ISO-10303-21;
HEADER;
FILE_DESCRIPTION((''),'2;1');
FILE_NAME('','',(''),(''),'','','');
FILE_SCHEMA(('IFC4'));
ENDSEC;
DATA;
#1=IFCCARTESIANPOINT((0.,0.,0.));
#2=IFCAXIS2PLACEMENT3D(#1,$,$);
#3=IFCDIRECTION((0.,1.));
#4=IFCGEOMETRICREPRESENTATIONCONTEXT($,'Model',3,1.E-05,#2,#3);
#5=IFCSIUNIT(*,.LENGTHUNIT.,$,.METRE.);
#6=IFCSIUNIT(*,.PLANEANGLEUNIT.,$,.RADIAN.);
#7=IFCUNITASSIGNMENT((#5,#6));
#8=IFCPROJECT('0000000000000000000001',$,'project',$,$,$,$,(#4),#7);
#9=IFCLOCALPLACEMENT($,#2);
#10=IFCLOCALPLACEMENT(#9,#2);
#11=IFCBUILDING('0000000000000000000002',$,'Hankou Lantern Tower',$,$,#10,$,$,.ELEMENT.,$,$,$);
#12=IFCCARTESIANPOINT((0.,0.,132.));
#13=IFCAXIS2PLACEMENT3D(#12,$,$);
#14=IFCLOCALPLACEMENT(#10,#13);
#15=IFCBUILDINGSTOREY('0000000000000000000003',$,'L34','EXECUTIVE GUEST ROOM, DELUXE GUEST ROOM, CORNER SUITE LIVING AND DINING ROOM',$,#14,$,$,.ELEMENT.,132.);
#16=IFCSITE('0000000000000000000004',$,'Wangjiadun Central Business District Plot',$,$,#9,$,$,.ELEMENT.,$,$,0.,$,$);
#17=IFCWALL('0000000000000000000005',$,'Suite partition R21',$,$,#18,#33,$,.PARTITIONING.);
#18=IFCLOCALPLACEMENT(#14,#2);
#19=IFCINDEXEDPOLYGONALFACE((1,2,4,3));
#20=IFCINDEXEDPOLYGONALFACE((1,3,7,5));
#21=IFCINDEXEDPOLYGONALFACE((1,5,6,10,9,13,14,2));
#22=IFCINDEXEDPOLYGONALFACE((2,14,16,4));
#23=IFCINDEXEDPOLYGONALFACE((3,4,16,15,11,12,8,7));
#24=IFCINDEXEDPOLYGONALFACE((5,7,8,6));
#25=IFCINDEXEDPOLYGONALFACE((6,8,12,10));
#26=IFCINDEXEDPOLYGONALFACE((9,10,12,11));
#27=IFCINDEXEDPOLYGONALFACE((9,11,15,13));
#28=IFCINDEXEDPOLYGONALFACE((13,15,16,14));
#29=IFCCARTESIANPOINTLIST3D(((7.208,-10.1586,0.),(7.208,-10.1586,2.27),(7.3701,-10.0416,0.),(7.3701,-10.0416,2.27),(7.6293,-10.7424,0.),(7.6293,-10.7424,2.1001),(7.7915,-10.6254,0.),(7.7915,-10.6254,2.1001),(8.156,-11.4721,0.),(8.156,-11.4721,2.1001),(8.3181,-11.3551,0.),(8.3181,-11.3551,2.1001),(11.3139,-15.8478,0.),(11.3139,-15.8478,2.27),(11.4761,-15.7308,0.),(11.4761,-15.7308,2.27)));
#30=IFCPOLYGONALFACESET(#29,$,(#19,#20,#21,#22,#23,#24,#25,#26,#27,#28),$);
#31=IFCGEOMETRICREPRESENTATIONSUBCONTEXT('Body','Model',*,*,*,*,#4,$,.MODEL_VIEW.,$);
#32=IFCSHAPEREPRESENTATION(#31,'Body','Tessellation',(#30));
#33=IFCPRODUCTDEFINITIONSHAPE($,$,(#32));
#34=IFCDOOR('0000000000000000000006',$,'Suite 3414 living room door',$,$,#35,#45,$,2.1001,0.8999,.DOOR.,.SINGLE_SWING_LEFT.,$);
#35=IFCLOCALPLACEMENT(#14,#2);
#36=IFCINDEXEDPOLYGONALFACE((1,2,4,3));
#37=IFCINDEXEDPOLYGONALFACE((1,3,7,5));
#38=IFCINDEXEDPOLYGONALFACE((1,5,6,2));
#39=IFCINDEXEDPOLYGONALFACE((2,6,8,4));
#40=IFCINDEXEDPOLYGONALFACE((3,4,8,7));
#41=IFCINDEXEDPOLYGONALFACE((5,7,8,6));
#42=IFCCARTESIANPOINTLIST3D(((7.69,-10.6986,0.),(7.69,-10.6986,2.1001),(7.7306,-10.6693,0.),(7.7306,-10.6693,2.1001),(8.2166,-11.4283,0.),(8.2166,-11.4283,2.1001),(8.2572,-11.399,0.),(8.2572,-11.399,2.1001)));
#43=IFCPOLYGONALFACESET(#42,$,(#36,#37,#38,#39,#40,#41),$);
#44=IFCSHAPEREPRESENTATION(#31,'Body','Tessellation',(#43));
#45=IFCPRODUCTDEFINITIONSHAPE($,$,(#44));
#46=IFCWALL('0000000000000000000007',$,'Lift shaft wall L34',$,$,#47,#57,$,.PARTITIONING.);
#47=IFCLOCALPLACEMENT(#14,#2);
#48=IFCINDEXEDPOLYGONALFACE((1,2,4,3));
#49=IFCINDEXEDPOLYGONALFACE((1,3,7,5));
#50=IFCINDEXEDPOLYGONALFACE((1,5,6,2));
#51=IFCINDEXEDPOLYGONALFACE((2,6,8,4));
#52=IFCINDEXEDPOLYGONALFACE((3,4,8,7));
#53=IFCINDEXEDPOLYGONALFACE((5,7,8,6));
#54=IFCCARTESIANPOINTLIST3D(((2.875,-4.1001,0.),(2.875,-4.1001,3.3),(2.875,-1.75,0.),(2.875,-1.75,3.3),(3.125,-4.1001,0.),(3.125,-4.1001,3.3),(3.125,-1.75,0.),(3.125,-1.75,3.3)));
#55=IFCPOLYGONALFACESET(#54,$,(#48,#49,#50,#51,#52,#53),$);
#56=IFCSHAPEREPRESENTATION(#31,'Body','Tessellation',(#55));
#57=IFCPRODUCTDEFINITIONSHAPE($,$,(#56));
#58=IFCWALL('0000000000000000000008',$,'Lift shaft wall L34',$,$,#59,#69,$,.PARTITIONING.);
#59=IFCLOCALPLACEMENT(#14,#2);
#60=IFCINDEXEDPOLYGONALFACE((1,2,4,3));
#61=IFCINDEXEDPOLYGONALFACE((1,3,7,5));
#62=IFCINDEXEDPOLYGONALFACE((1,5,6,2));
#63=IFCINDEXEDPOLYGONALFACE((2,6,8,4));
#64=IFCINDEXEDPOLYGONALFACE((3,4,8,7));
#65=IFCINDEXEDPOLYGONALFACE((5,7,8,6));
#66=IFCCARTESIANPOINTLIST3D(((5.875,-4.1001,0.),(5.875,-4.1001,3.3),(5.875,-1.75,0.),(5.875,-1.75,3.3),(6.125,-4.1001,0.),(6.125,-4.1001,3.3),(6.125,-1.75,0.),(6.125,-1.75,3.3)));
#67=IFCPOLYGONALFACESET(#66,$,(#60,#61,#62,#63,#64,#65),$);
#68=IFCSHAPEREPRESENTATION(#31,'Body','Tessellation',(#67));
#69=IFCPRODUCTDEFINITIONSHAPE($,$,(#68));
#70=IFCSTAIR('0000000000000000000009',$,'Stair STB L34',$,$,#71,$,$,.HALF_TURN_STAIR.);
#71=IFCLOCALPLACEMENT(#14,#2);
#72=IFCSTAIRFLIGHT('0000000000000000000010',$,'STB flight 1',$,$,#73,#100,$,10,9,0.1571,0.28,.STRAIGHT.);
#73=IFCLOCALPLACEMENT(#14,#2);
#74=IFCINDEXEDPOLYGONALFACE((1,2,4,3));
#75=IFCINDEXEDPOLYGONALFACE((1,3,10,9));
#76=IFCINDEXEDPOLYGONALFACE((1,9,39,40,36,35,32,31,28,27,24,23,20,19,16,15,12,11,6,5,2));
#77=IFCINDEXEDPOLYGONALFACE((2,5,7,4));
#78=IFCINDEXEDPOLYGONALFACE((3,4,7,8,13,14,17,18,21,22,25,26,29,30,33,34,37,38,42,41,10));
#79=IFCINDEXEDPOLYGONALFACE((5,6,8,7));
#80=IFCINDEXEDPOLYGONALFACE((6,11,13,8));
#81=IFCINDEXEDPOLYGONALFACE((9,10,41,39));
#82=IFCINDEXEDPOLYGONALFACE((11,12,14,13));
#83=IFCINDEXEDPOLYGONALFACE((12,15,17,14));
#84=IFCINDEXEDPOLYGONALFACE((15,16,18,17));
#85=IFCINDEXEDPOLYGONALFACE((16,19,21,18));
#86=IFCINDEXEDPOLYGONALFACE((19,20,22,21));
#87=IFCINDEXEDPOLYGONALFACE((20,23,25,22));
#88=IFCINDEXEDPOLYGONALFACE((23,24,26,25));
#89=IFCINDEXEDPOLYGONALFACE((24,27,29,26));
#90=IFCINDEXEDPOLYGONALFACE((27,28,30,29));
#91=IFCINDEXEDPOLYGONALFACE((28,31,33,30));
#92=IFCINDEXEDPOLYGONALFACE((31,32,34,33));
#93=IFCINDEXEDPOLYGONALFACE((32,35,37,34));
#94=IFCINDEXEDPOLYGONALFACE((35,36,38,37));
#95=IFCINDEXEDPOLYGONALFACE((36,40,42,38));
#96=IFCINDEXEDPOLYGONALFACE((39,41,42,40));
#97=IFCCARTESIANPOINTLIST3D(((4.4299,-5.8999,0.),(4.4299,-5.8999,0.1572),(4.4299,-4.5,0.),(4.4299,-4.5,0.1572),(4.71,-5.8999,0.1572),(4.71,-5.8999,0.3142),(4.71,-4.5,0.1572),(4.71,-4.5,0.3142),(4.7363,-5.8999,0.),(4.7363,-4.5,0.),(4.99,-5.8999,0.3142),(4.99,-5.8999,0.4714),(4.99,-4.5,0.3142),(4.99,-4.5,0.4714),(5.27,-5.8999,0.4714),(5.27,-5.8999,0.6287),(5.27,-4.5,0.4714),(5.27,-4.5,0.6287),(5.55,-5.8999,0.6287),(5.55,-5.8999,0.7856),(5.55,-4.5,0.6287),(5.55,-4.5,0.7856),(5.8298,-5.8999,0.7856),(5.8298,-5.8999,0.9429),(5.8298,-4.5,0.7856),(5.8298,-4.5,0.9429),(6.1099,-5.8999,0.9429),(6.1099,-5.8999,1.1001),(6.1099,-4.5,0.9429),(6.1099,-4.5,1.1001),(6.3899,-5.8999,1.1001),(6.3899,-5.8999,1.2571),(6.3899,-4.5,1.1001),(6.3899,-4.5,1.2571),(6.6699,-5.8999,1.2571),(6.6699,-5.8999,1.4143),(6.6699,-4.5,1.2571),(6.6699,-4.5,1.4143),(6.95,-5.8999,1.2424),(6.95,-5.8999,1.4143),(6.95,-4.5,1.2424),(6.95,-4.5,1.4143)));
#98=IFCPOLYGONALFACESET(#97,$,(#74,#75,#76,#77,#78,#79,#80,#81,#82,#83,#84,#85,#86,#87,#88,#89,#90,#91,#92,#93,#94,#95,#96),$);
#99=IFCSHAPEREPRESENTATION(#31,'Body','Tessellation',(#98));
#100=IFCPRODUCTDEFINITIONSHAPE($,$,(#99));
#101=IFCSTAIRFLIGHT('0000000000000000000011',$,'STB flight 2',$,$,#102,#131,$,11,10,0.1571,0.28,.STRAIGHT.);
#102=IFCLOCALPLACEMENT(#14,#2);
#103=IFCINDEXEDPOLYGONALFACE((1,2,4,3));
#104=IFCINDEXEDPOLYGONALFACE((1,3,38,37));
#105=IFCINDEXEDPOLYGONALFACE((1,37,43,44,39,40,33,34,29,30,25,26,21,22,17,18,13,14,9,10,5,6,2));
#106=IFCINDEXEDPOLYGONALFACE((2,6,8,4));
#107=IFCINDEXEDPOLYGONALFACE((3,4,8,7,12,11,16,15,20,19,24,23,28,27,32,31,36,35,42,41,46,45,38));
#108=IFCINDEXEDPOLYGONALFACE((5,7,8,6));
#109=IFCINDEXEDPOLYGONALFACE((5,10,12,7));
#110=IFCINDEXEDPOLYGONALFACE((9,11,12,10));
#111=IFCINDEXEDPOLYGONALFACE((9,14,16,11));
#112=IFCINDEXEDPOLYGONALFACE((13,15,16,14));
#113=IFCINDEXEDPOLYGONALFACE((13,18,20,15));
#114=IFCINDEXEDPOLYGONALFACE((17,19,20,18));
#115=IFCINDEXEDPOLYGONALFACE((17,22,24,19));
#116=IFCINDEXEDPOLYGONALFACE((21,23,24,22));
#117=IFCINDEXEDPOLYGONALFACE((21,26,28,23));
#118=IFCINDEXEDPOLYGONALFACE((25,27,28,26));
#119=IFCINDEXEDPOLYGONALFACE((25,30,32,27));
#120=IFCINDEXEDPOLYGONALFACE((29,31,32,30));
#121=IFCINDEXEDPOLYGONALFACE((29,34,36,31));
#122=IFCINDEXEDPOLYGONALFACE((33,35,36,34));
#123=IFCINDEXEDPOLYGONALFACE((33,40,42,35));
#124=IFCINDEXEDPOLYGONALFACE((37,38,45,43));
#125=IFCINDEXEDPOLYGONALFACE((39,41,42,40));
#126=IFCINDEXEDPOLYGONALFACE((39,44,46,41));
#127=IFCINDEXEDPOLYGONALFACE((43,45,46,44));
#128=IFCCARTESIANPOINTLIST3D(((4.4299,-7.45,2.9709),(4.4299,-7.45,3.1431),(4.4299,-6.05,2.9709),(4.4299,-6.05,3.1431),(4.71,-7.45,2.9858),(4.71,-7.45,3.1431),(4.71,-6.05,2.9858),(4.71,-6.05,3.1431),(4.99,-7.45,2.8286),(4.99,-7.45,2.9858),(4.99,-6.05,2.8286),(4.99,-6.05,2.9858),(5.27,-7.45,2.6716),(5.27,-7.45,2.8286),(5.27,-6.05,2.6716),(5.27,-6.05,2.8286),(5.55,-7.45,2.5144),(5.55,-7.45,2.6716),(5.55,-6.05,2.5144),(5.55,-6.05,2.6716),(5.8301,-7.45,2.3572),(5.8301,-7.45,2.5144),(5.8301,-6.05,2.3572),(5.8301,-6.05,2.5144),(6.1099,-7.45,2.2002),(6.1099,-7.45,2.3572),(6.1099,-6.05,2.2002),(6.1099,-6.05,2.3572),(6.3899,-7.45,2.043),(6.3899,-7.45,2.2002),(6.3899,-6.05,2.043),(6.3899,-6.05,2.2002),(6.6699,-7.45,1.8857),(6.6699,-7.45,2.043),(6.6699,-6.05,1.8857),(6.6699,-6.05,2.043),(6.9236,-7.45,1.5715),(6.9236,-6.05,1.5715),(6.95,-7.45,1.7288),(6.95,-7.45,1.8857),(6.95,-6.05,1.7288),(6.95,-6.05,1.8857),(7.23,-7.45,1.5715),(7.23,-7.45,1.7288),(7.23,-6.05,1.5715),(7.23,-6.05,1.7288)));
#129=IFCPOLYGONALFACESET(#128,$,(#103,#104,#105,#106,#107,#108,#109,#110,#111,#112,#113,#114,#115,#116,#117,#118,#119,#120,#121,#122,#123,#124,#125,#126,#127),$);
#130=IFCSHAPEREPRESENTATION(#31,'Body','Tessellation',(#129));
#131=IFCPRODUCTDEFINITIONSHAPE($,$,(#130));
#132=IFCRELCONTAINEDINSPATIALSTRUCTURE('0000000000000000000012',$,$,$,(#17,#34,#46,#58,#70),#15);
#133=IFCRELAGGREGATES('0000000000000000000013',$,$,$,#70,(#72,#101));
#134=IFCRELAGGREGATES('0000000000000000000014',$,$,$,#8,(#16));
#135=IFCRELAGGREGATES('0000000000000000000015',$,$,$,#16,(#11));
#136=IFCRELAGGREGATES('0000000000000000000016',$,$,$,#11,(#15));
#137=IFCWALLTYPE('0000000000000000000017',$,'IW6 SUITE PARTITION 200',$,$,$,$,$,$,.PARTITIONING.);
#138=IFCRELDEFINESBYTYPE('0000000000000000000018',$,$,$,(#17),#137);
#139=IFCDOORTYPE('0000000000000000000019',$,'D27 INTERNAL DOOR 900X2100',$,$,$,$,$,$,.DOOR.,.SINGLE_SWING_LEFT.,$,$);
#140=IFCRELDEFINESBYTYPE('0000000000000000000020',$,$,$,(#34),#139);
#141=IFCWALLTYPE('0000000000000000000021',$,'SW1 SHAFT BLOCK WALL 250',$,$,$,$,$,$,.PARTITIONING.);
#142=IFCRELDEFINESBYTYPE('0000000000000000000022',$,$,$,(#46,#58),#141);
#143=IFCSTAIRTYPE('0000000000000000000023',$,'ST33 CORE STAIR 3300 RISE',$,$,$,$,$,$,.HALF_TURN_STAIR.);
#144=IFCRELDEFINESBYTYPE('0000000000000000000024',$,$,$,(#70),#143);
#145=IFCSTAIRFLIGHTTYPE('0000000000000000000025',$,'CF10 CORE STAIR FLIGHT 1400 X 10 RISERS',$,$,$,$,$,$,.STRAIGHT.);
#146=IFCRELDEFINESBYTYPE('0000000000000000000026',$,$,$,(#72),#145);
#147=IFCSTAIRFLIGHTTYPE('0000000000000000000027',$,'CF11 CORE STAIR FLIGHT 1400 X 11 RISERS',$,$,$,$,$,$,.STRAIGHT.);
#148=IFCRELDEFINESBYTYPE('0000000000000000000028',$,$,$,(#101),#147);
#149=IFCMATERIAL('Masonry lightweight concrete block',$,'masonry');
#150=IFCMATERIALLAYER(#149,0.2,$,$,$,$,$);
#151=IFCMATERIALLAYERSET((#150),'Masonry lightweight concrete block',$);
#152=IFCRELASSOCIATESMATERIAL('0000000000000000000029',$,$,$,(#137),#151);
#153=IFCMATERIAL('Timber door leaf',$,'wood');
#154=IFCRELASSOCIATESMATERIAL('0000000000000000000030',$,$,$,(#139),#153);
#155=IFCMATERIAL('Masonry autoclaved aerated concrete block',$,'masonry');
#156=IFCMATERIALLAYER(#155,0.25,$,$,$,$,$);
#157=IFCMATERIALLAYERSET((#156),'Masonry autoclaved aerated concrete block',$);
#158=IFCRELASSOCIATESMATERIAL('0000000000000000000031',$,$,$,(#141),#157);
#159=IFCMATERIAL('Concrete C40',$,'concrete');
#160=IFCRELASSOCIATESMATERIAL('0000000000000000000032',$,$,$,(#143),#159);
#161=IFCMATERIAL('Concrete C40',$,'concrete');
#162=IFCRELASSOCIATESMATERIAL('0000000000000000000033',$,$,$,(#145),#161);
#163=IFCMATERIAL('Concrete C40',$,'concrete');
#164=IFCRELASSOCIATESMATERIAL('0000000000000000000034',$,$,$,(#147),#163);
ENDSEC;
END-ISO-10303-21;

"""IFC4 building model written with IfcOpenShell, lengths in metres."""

from ifc_helpers import new_model, si_unit, direction, frame, frame_2d, origin, place, context, subcontext, project, spatial, polyline, rectangle, outline, extrude, material, layer, layer_set, type_object, element, fill, aggregate, save


model = new_model("IFC4")

# Units and contexts
model_context = context("Model", 3, precision=1e-05, world=origin(), true_north=direction((0.0, 1.0)))
body_context = subcontext(model_context, "Body", "Model", "MODEL_VIEW")
ifc_project = project(units=[si_unit("LENGTHUNIT", "METRE"), si_unit("PLANEANGLEUNIT", "RADIAN")], contexts=[model_context])

# Site, building, storey
site_placement = place(None, origin())
site = spatial("IfcSite", under=ifc_project, at=site_placement, Name="Wangjiadun Central Business District Plot", CompositionType="ELEMENT", RefElevation=0.0)
building_placement = place(site_placement, origin())
building = spatial("IfcBuilding", under=site, at=building_placement, Name="Hankou Lantern Tower", CompositionType="ELEMENT")
storey_placement = place(building_placement, frame((0.0, 0.0, 132.0)))
storey = spatial("IfcBuildingStorey", under=building, at=storey_placement, Name="L34", Description="EXECUTIVE GUEST ROOM, DELUXE GUEST ROOM, CORNER SUITE LIVING AND DINING ROOM", CompositionType="ELEMENT", Elevation=132.0)

# Wall, opening, door
ifc_material_1 = material(Name="Masonry lightweight concrete block", Category="masonry")
ifc_layer_1 = layer(ifc_material_1, 0.2)
ifc_layer_set_1 = layer_set([ifc_layer_1], Name="Masonry lightweight concrete block")
wall_type_1 = type_object("IfcWallType", Name="IW6 SUITE PARTITION 200", PredefinedType="PARTITIONING", material=ifc_layer_set_1)
wall_1_placement = place(storey_placement, frame((7.2891, -10.1001, 0.0), z_axis=(0.0, 0.0, 1.0), x_axis=(0.585217, -0.810876, 0.0)))
wall_1 = element("IfcWall", 1, at=wall_1_placement, inside=storey, type_object=wall_type_1, Name="Suite partition R21", PredefinedType="PARTITIONING", context=body_context, shape_type="SweptSolid", body=[
    extrude(rectangle(XDim=7.0161, YDim=0.2, at=frame_2d((3.5081, 0.0))), origin(), (0.0, 0.0, 1.0), 2.27),
])
opening_1_placement = place(wall_1_placement, frame((0.72, 0.0, 0.0)))
opening_1 = element("IfcOpeningElement", 2, at=opening_1_placement, cuts=wall_1, PredefinedType="OPENING", context=body_context, shape_type="SweptSolid", body=[
    extrude(rectangle(XDim=0.8999, YDim=2.1001, at=frame_2d((0.45, 1.05))), frame((0.0, 0.1099, 0.0), z_axis=(0.0, -1.0, 0.0), x_axis=(1.0, 0.0, 0.0)), (0.0, 0.0, 1.0), 0.22),
])
ifc_material_2 = material(Name="Timber door leaf", Category="wood")
door_type_1 = type_object("IfcDoorType", Name="D27 INTERNAL DOOR 900X2100", OperationType="SINGLE_SWING_LEFT", PredefinedType="DOOR", material=ifc_material_2)
door_1_placement = place(opening_1_placement, origin())
door_1 = element("IfcDoor", 3, at=door_1_placement, inside=storey, type_object=door_type_1, Name="Suite 3414 living room door", OperationType="SINGLE_SWING_LEFT", OverallHeight=2.1001, OverallWidth=0.8999, PredefinedType="DOOR", context=body_context, shape_type="SweptSolid", body=[
    extrude(rectangle(XDim=0.8999, YDim=2.1001, at=frame_2d((0.45, 1.05))), frame((0.0, 0.0249, 0.0), z_axis=(0.0, -1.0, 0.0), x_axis=(1.0, 0.0, 0.0)), (0.0, 0.0, 1.0), 0.05),
])
fill(opening_1, door_1)

# Walls
ifc_material_3 = material(Name="Masonry autoclaved aerated concrete block", Category="masonry")
ifc_layer_2 = layer(ifc_material_3, 0.25)
ifc_layer_set_2 = layer_set([ifc_layer_2], Name="Masonry autoclaved aerated concrete block")
wall_type_2 = type_object("IfcWallType", Name="SW1 SHAFT BLOCK WALL 250", PredefinedType="PARTITIONING", material=ifc_layer_set_2)
for number, where, z_axis, x_axis, name in (
    (4, (3.0, -4.1001, 0.0), (0.0, 0.0, 1.0), (0.0, 1.0, 0.0), "Lift shaft wall L34"),
    (5, (6.0, -4.1001, 0.0), (0.0, 0.0, 1.0), (0.0, 1.0, 0.0), "Lift shaft wall L34"),
):
    element("IfcWall", number, at=place(storey_placement, frame(where, z_axis=z_axis, x_axis=x_axis)), inside=storey, type_object=wall_type_2, Name=name, PredefinedType="PARTITIONING", context=body_context, shape_type="SweptSolid", body=[
        extrude(rectangle(XDim=2.3501, YDim=0.25, at=frame_2d((1.175, 0.0))), origin(), (0.0, 0.0, 1.0), 3.3),
    ])

# Stair, stair flights
ifc_material_4 = material(Name="Concrete C40", Category="concrete")
stair_type = type_object("IfcStairType", Name="ST33 CORE STAIR 3300 RISE", PredefinedType="HALF_TURN_STAIR", material=ifc_material_4)
stair_placement = place(storey_placement, origin())
stair = element("IfcStair", 6, at=stair_placement, inside=storey, type_object=stair_type, Name="Stair STB L34", PredefinedType="HALF_TURN_STAIR")
ifc_material_5 = material(Name="Concrete C40", Category="concrete")
stair_flight_type_1 = type_object("IfcStairFlightType", Name="CF10 CORE STAIR FLIGHT 1400 X 10 RISERS", PredefinedType="STRAIGHT", material=ifc_material_5)
stair_flight_1_placement = place(storey_placement, frame((4.4299, -5.2, 0.0), z_axis=(0.0, 0.0, 1.0), x_axis=(1.0, 0.0, 0.0)))
stair_flight_1 = element("IfcStairFlight", 7, at=stair_flight_1_placement, type_object=stair_flight_type_1, Name="STB flight 1", NumberOfRisers=10, NumberOfTreads=9, PredefinedType="STRAIGHT", RiserHeight=0.1571, TreadLength=0.28, context=body_context, shape_type="SweptSolid", body=[
    extrude(outline(polyline([(0.0, 0.0), (0.0, 0.1572), (0.28, 0.1572), (0.28, 0.3142), (0.5601, 0.3142), (0.5601, 0.4714), (0.8401, 0.4714), (0.8401, 0.6287), (1.1201, 0.6287), (1.1201, 0.7856), (1.3999, 0.7856), (1.3999, 0.9429), (1.6799, 0.9429), (1.6799, 1.1001), (1.96, 1.1001), (1.96, 1.2571), (2.24, 1.2571), (2.24, 1.4143), (2.52, 1.4143), (2.52, 1.5715), (2.52, 1.2424), (0.3064, 0.0), (0.0, 0.0)])), frame((0.0, 0.7, 0.0), z_axis=(0.0, -1.0, 0.0), x_axis=(1.0, 0.0, 0.0)), (0.0, 0.0, 1.0), 1.3999),
])
ifc_material_6 = material(Name="Concrete C40", Category="concrete")
stair_flight_type_2 = type_object("IfcStairFlightType", Name="CF11 CORE STAIR FLIGHT 1400 X 11 RISERS", PredefinedType="STRAIGHT", material=ifc_material_6)
stair_flight_2_placement = place(storey_placement, frame((7.23, -6.75, 1.5715), z_axis=(0.0, 0.0, 1.0), x_axis=(-1.0, 0.0, 0.0)))
stair_flight_2 = element("IfcStairFlight", 8, at=stair_flight_2_placement, type_object=stair_flight_type_2, Name="STB flight 2", NumberOfRisers=11, NumberOfTreads=10, PredefinedType="STRAIGHT", RiserHeight=0.1571, TreadLength=0.28, context=body_context, shape_type="SweptSolid", body=[
    extrude(outline(polyline([(0.0, 0.0), (0.0, 0.1572), (0.28, 0.1572), (0.28, 0.3142), (0.5601, 0.3142), (0.5601, 0.4714), (0.8401, 0.4714), (0.8401, 0.6287), (1.1201, 0.6287), (1.1201, 0.7856), (1.3999, 0.7856), (1.3999, 0.9429), (1.6799, 0.9429), (1.6799, 1.1001), (1.96, 1.1001), (1.96, 1.2571), (2.24, 1.2571), (2.24, 1.4143), (2.52, 1.4143), (2.52, 1.5715), (2.8, 1.5715), (2.8, 1.7285), (2.8, 1.3994), (0.3064, 0.0), (0.0, 0.0)])), frame((0.0, 0.7, 0.0), z_axis=(0.0, -1.0, 0.0), x_axis=(1.0, 0.0, 0.0)), (0.0, 0.0, 1.0), 1.3999),
])
aggregate(stair, [stair_flight_1, stair_flight_2])

save(model, "model.ifc")
